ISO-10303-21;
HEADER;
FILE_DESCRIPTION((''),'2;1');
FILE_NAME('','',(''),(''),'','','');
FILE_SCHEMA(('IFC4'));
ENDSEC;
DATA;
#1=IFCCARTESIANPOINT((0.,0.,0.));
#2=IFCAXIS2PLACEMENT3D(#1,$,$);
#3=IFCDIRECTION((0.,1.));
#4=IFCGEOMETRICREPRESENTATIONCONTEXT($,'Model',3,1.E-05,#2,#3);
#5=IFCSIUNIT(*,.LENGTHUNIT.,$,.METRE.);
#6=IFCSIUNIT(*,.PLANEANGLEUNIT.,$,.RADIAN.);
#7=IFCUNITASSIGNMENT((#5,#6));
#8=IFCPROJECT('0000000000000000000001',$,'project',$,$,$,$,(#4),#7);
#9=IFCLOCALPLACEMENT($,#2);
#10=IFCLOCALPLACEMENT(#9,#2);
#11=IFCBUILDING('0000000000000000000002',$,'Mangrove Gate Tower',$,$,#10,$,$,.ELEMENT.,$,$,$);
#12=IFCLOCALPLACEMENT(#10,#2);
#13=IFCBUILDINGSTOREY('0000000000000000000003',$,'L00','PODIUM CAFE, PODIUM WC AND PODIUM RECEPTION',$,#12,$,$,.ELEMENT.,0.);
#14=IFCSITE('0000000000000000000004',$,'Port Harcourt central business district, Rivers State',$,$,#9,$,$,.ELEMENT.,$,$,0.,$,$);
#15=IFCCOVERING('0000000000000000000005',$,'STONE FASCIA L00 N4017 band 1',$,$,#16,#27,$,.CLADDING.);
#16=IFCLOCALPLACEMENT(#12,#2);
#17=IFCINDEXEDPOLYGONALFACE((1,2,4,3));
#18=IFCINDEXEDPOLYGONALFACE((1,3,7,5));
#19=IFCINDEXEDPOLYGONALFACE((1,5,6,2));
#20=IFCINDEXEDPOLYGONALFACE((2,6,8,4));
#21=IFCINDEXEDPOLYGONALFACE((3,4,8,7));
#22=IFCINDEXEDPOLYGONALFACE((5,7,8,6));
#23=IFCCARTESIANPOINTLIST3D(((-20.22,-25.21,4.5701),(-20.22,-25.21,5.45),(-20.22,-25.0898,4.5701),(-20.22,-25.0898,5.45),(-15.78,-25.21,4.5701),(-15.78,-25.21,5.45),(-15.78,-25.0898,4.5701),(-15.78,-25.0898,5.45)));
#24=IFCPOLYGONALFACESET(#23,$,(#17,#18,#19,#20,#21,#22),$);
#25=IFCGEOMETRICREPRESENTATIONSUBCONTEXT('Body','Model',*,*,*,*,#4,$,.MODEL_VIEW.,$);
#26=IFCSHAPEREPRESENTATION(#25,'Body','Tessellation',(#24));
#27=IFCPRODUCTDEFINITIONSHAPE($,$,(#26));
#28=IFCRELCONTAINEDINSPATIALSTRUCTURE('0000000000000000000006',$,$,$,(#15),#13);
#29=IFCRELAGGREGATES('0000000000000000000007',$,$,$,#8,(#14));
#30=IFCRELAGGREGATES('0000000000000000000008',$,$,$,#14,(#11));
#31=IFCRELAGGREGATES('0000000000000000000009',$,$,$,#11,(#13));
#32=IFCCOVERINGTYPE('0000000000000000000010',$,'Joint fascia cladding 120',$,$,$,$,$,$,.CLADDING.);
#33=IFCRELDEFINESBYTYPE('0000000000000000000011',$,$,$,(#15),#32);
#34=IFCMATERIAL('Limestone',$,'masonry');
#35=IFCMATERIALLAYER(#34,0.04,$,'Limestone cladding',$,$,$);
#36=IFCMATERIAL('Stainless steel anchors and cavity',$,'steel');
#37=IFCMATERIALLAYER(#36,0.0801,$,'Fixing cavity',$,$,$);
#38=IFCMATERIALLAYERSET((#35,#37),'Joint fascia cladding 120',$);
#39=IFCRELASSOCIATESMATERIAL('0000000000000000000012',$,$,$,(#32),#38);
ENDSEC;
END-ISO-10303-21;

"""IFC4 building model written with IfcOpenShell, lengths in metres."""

from ifc_helpers import new_model, si_unit, direction, frame, frame_2d, origin, place, context, subcontext, project, spatial, rectangle, extrude, material, layer, layer_set, type_object, element, save


model = new_model("IFC4")

# Units and contexts
model_context = context("Model", 3, precision=1e-05, world=origin(), true_north=direction((0.0, 1.0)))
body_context = subcontext(model_context, "Body", "Model", "MODEL_VIEW")
ifc_project = project(units=[si_unit("LENGTHUNIT", "METRE"), si_unit("PLANEANGLEUNIT", "RADIAN")], contexts=[model_context])

# Site, building, storey
site_placement = place(None, origin())
site = spatial("IfcSite", under=ifc_project, at=site_placement, Name="Port Harcourt central business district, Rivers State", CompositionType="ELEMENT", RefElevation=0.0)
building_placement = place(site_placement, origin())
building = spatial("IfcBuilding", under=site, at=building_placement, Name="Mangrove Gate Tower", CompositionType="ELEMENT")
storey_placement = place(building_placement, origin())
storey = spatial("IfcBuildingStorey", under=building, at=storey_placement, Name="L00", Description="PODIUM CAFE, PODIUM WC AND PODIUM RECEPTION", CompositionType="ELEMENT", Elevation=0.0)

# Covering
ifc_material_1 = material(Name="Limestone", Category="masonry")
ifc_layer_1 = layer(ifc_material_1, 0.04, Name="Limestone cladding")
ifc_material_2 = material(Name="Stainless steel anchors and cavity", Category="steel")
ifc_layer_2 = layer(ifc_material_2, 0.0801, Name="Fixing cavity")
ifc_layer_set_1 = layer_set([ifc_layer_1, ifc_layer_2], Name="Joint fascia cladding 120")
covering_type = type_object("IfcCoveringType", Name="Joint fascia cladding 120", PredefinedType="CLADDING", material=ifc_layer_set_1)
covering_placement = place(storey_placement, frame((-15.78, -25.1499, 4.5701), z_axis=(0.0, 0.0, 1.0), x_axis=(-1.0, 0.0, 0.0)))
element("IfcCovering", 1, at=covering_placement, inside=storey, type_object=covering_type, Name="STONE FASCIA L00 N4017 band 1", PredefinedType="CLADDING", context=body_context, shape_type="SweptSolid", body=[
    extrude(rectangle(XDim=4.4399, YDim=0.1201, at=frame_2d((2.22, 0.0))), origin(), (0.0, 0.0, 1.0), 0.8799),
])

save(model, "model.ifc")
